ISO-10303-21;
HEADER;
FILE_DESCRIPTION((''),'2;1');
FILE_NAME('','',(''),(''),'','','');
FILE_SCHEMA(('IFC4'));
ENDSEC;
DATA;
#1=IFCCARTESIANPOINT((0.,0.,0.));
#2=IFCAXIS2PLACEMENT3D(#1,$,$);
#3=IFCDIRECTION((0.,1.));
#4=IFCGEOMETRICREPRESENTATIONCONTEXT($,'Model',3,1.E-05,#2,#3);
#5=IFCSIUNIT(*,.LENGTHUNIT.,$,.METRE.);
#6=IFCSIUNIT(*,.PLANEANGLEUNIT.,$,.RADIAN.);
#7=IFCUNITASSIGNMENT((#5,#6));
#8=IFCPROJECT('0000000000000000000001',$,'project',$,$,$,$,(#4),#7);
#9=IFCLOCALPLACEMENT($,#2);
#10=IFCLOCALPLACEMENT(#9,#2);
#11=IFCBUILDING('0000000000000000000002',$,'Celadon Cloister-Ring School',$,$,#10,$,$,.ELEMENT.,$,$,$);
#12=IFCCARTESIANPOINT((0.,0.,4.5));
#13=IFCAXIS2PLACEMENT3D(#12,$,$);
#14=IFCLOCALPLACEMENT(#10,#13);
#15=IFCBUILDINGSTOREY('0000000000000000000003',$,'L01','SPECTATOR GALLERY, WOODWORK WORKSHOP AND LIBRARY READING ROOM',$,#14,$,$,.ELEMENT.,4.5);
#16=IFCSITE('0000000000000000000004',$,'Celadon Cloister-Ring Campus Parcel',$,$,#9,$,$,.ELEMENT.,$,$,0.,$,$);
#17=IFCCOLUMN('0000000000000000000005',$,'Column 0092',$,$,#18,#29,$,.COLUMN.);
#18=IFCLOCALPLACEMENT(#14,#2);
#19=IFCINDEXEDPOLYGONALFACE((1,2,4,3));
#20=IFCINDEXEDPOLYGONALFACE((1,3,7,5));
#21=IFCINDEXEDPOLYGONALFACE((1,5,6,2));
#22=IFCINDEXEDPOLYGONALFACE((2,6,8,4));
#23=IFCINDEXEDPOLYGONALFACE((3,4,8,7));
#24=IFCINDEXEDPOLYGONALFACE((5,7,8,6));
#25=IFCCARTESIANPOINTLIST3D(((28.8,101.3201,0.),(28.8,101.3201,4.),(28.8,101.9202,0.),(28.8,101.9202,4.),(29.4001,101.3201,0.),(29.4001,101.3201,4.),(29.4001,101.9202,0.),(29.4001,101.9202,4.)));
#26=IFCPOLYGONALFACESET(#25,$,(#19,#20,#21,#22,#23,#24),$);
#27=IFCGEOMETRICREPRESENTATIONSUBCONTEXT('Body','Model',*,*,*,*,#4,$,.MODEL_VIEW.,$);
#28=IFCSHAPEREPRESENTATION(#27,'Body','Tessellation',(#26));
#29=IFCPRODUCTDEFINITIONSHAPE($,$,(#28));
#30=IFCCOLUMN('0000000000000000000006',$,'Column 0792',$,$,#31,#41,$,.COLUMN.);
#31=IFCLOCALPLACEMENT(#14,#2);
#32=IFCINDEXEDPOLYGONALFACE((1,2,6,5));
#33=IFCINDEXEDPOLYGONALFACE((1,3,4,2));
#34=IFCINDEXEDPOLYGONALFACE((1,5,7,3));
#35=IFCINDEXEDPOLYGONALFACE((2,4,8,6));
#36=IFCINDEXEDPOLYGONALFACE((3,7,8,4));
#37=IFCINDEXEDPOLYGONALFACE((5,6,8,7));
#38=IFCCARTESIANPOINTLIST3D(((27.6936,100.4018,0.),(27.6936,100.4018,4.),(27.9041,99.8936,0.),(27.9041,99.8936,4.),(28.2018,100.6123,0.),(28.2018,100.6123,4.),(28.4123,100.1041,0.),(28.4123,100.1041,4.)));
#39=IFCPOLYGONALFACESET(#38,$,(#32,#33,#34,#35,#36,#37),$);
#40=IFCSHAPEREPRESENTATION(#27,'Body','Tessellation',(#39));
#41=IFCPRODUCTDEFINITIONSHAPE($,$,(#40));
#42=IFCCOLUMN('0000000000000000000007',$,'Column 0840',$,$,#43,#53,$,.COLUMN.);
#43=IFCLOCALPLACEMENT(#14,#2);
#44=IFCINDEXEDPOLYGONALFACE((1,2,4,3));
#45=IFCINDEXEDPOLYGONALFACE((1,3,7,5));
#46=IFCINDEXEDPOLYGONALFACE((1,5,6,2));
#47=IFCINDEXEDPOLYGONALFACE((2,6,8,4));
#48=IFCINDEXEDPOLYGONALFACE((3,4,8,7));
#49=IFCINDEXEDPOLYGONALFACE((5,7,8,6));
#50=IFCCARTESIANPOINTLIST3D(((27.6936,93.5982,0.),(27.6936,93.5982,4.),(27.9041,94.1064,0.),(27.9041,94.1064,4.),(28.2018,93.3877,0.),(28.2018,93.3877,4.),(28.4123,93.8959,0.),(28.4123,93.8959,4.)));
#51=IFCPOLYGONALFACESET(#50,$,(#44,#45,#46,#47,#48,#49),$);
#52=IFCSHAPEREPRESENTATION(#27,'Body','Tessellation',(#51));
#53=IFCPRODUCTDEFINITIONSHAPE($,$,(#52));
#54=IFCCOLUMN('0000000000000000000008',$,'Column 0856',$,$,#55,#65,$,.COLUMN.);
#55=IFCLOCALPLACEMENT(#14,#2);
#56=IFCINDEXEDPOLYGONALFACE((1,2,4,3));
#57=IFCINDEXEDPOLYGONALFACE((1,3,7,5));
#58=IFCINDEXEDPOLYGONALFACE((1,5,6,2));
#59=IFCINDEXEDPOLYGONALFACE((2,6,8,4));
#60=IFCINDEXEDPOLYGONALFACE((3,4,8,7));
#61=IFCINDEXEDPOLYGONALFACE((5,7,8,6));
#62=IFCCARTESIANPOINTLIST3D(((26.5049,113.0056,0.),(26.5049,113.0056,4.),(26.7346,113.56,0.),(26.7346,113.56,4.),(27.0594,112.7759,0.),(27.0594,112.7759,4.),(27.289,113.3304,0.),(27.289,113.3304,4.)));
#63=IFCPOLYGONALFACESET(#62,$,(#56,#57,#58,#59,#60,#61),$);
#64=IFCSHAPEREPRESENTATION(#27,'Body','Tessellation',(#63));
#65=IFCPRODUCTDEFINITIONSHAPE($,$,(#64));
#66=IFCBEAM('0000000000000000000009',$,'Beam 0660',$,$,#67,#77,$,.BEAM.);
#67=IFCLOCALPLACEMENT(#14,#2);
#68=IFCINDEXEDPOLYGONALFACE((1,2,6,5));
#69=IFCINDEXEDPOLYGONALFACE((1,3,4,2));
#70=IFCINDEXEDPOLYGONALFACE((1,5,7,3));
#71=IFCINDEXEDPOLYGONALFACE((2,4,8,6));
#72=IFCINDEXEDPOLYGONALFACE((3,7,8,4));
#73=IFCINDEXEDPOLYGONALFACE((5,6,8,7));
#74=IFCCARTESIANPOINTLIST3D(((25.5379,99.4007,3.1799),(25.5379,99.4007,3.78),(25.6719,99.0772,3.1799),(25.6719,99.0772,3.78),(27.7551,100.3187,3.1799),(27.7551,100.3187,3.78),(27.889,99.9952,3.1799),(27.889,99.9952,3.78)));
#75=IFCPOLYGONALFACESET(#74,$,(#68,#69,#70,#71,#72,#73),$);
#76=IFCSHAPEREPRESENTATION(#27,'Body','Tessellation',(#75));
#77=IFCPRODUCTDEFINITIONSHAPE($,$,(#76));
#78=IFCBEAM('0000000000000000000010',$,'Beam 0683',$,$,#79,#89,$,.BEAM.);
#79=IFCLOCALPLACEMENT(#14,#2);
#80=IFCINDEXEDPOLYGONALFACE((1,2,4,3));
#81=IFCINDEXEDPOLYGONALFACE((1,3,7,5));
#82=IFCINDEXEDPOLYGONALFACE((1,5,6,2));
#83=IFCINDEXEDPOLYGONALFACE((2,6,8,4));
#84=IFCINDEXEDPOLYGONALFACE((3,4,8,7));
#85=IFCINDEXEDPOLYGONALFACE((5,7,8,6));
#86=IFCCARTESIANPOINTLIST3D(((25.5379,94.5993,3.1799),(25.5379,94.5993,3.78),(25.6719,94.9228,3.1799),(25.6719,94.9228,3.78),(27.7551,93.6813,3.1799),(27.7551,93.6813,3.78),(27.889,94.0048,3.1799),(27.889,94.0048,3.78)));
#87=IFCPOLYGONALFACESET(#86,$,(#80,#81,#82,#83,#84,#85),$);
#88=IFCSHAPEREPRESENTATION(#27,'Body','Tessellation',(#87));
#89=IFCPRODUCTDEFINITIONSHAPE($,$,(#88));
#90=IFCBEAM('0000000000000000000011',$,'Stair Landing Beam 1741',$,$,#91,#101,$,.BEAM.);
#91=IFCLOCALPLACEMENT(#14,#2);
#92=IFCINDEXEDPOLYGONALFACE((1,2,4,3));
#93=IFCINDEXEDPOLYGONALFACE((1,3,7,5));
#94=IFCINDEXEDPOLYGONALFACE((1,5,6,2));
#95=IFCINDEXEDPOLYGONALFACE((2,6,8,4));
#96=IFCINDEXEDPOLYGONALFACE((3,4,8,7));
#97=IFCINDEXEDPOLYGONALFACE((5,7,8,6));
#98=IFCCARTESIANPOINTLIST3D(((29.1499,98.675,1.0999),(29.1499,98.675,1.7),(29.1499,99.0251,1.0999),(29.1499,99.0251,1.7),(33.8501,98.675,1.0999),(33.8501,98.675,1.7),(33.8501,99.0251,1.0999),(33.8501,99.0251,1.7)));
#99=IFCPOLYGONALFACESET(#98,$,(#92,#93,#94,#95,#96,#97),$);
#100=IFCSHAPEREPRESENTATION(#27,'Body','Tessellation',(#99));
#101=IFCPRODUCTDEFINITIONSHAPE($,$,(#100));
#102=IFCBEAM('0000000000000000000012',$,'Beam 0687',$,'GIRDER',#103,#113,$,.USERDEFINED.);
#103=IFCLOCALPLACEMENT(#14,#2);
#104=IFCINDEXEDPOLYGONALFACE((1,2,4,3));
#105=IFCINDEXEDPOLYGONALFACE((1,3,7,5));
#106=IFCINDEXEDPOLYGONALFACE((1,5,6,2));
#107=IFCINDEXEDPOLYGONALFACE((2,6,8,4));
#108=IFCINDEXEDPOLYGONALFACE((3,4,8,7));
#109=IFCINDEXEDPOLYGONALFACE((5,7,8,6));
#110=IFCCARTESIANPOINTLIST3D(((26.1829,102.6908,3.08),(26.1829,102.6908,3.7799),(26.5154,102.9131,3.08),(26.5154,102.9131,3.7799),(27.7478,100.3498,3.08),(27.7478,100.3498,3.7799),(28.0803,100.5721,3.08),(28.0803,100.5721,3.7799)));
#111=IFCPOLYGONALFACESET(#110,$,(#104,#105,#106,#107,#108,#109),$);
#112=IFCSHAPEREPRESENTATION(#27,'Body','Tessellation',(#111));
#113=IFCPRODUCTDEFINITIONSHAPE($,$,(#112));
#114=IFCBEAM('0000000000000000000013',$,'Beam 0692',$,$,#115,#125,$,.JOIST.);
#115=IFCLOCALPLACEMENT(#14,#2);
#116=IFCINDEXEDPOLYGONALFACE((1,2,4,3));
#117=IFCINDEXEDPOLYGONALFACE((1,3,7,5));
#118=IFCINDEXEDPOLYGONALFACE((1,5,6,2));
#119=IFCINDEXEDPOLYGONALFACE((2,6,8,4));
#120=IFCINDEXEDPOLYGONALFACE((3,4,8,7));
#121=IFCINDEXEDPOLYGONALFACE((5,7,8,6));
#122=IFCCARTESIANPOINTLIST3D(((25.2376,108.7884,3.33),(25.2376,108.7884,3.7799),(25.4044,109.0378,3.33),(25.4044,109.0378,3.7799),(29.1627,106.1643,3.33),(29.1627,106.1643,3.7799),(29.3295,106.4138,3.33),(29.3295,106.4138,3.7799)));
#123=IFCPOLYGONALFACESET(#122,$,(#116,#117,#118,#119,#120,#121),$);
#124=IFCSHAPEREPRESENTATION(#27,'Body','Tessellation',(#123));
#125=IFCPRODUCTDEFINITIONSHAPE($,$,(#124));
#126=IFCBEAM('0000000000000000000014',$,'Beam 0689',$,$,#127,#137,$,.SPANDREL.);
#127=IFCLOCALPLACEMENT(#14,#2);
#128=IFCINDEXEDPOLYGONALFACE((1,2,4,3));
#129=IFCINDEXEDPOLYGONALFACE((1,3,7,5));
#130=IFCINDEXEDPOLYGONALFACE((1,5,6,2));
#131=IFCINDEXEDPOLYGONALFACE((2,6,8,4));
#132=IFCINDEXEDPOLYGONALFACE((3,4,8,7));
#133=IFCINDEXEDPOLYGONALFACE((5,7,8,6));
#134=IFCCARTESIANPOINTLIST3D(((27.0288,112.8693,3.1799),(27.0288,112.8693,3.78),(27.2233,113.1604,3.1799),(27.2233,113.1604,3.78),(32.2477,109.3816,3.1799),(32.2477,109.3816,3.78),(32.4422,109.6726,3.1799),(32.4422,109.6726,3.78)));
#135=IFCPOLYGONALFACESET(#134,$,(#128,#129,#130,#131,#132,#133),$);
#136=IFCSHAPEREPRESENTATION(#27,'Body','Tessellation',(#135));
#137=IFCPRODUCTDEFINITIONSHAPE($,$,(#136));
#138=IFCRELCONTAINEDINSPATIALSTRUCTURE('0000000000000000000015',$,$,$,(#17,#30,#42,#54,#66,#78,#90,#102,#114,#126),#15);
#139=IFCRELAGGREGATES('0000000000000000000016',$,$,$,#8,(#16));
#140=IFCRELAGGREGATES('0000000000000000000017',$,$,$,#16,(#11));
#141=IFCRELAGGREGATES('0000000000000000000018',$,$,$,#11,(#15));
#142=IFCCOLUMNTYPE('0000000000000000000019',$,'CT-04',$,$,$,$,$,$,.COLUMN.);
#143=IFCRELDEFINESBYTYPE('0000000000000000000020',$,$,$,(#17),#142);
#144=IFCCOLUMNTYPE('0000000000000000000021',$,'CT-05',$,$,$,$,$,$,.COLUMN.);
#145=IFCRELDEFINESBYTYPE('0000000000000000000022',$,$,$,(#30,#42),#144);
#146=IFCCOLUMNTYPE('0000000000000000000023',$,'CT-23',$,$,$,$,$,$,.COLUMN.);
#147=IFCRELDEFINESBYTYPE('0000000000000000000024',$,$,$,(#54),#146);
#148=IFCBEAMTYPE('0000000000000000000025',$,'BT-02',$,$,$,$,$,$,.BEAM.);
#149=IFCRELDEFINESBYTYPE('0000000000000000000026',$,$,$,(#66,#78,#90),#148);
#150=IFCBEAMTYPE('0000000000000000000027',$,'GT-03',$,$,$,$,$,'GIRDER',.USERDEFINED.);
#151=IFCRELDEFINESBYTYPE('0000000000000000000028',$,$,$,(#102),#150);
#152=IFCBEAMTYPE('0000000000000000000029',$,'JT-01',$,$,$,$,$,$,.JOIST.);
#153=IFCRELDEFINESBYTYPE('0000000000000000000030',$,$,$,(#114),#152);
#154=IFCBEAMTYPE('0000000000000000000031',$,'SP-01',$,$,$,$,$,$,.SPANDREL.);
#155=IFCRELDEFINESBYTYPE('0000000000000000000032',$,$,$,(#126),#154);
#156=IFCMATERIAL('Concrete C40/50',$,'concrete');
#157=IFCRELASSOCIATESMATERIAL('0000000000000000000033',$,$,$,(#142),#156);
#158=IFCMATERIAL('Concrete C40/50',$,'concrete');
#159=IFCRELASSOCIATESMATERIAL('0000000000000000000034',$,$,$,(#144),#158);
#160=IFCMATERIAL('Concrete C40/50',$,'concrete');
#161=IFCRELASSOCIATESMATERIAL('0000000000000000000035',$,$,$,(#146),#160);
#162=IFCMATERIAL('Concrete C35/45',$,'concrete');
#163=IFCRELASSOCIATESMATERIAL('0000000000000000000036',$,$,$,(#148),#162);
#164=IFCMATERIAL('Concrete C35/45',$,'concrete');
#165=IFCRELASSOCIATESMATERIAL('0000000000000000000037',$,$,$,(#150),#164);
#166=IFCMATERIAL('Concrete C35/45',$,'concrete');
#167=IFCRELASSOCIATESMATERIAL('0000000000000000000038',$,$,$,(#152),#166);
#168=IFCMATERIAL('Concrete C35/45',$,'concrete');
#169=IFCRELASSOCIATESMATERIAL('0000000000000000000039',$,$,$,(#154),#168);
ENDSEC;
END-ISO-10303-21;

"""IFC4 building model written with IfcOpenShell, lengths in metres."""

from ifc_helpers import new_model, si_unit, direction, frame, origin, origin_2d, place, context, subcontext, project, spatial, rectangle, extrude, material, material_profile, profile_set, type_object, element, save


model = new_model("IFC4")

# Units and contexts
model_context = context("Model", 3, precision=1e-05, world=origin(), true_north=direction((0.0, 1.0)))
body_context = subcontext(model_context, "Body", "Model", "MODEL_VIEW")
ifc_project = project(units=[si_unit("LENGTHUNIT", "METRE"), si_unit("PLANEANGLEUNIT", "RADIAN")], contexts=[model_context])

# Site, building, storey
site_placement = place(None, origin())
site = spatial("IfcSite", under=ifc_project, at=site_placement, Name="Celadon Cloister-Ring Campus Parcel", CompositionType="ELEMENT", RefElevation=0.0)
building_placement = place(site_placement, origin())
building = spatial("IfcBuilding", under=site, at=building_placement, Name="Celadon Cloister-Ring School", CompositionType="ELEMENT")
storey_placement = place(building_placement, frame((0.0, 0.0, 4.5)))
storey = spatial("IfcBuildingStorey", under=building, at=storey_placement, Name="L01", Description="SPECTATOR GALLERY, WOODWORK WORKSHOP AND LIBRARY READING ROOM", CompositionType="ELEMENT", Elevation=4.5)

# Columns
ifc_material_1 = material(Name="Concrete C40/50", Category="concrete")
ifc_material_profile_1 = material_profile(ifc_material_1, rectangle(XDim=0.6001, YDim=0.6001, at=origin_2d()), Name="RC600X600")
ifc_profile_set_1 = profile_set([ifc_material_profile_1], Name="Concrete C40/50")
column_type_1 = type_object("IfcColumnType", Name="CT-04", PredefinedType="COLUMN", material=ifc_profile_set_1)
column_1_placement = place(storey_placement, frame((29.1001, 101.6201, 0.0), z_axis=(0.0, 0.0, 1.0), x_axis=(1.0, 0.0, 0.0)))
element("IfcColumn", 1, at=column_1_placement, inside=storey, type_object=column_type_1, Name="Column 0092", PredefinedType="COLUMN", context=body_context, shape_type="SweptSolid", body=[
    extrude(rectangle(XDim=0.6001, YDim=0.6001, at=origin_2d()), origin(), (0.0, 0.0, 1.0), 4.0),
])
ifc_material_2 = material(Name="Concrete C40/50", Category="concrete")
ifc_material_profile_2 = material_profile(ifc_material_2, rectangle(XDim=0.55, YDim=0.55, at=origin_2d()), Name="RC550X550")
ifc_profile_set_2 = profile_set([ifc_material_profile_2], Name="Concrete C40/50")
column_type_2 = type_object("IfcColumnType", Name="CT-05", PredefinedType="COLUMN", material=ifc_profile_set_2)
for number, where, z_axis, x_axis, name in (
    (2, (28.053, 100.2529, 0.0), (0.0, 0.0, 1.0), (0.92388, 0.382683, 0.0), "Column 0792"),
    (3, (28.053, 93.7471, 0.0), (0.0, 0.0, 1.0), (0.92388, -0.382683, 0.0), "Column 0840"),
):
    element("IfcColumn", number, at=place(storey_placement, frame(where, z_axis=z_axis, x_axis=x_axis)), inside=storey, type_object=column_type_2, Name=name, PredefinedType="COLUMN", context=body_context, shape_type="SweptSolid", body=[
        extrude(rectangle(XDim=0.55, YDim=0.55, at=origin_2d()), origin(), (0.0, 0.0, 1.0), 4.0),
    ])
ifc_material_3 = material(Name="Concrete C40/50", Category="concrete")
ifc_material_profile_3 = material_profile(ifc_material_3, rectangle(XDim=0.6001, YDim=0.6001, at=origin_2d()), Name="RC600X600")
ifc_profile_set_3 = profile_set([ifc_material_profile_3], Name="Concrete C40/50")
column_type_3 = type_object("IfcColumnType", Name="CT-23", PredefinedType="COLUMN", material=ifc_profile_set_3)
column_2_placement = place(storey_placement, frame((26.897, 113.168, 0.0), z_axis=(0.0, 0.0, 1.0), x_axis=(0.382683, 0.92388, 0.0)))
element("IfcColumn", 4, at=column_2_placement, inside=storey, type_object=column_type_3, Name="Column 0856", PredefinedType="COLUMN", context=body_context, shape_type="SweptSolid", body=[
    extrude(rectangle(XDim=0.6001, YDim=0.6001, at=origin_2d()), origin(), (0.0, 0.0, 1.0), 4.0),
])

# Beams
ifc_material_4 = material(Name="Concrete C35/45", Category="concrete")
ifc_material_profile_4 = material_profile(ifc_material_4, rectangle(XDim=0.3501, YDim=0.6001, at=origin_2d()), Name="RC350X600")
ifc_profile_set_4 = profile_set([ifc_material_profile_4], Name="Concrete C35/45")
beam_type_1 = type_object("IfcBeamType", Name="BT-02", PredefinedType="BEAM", material=ifc_profile_set_4)
for number, where, z_axis, x_axis, name in (
    (5, (27.822, 100.157, 3.48), (-0.923933, -0.382555, 0.0), (0.382555, -0.923933, 0.0), "Beam 0660"),
    (6, (27.822, 93.843, 3.48), (-0.923933, 0.382555, 0.0), (-0.382555, -0.923933, 0.0), "Beam 0683"),
):
    element("IfcBeam", number, at=place(storey_placement, frame(where, z_axis=z_axis, x_axis=x_axis)), inside=storey, type_object=beam_type_1, Name=name, PredefinedType="BEAM", context=body_context, shape_type="SweptSolid", body=[
        extrude(rectangle(XDim=0.3501, YDim=0.6001, at=origin_2d()), origin(), (0.0, 0.0, 1.0), 2.3997),
    ])
beam_1_placement = place(storey_placement, frame((29.1499, 98.8501, 1.3999), z_axis=(1.0, 0.0, 0.0), x_axis=(0.0, 1.0, 0.0)))
element("IfcBeam", 7, at=beam_1_placement, inside=storey, type_object=beam_type_1, Name="Stair Landing Beam 1741", PredefinedType="BEAM", context=body_context, shape_type="SweptSolid", body=[
    extrude(rectangle(XDim=0.3501, YDim=0.6001, at=origin_2d()), origin(), (0.0, 0.0, 1.0), 4.7002),
])
ifc_material_5 = material(Name="Concrete C35/45", Category="concrete")
ifc_material_profile_5 = material_profile(ifc_material_5, rectangle(XDim=0.3999, YDim=0.7, at=origin_2d()), Name="RC400X700")
ifc_profile_set_5 = profile_set([ifc_material_profile_5], Name="Concrete C35/45")
beam_type_2 = type_object("IfcBeamType", Name="GT-03", ElementType="GIRDER", PredefinedType="USERDEFINED", material=ifc_profile_set_5)
beam_2_placement = place(storey_placement, frame((27.9141, 100.4609, 3.4299), z_axis=(-0.55574, 0.831356, 0.0), x_axis=(-0.831356, -0.55574, 0.0)))
element("IfcBeam", 8, at=beam_2_placement, inside=storey, type_object=beam_type_2, Name="Beam 0687", ObjectType="GIRDER", PredefinedType="USERDEFINED", context=body_context, shape_type="SweptSolid", body=[
    extrude(rectangle(XDim=0.3999, YDim=0.7, at=origin_2d()), origin(), (0.0, 0.0, 1.0), 2.8159),
])
ifc_material_6 = material(Name="Concrete C35/45", Category="concrete")
ifc_material_profile_6 = material_profile(ifc_material_6, rectangle(XDim=0.3, YDim=0.45, at=origin_2d()), Name="RC300X450")
ifc_profile_set_6 = profile_set([ifc_material_profile_6], Name="Concrete C35/45")
beam_type_3 = type_object("IfcBeamType", Name="JT-01", PredefinedType="JOIST", material=ifc_profile_set_6)
beam_3_placement = place(storey_placement, frame((29.2461, 106.2891, 3.5549), z_axis=(-0.831334, 0.555774, 0.0), x_axis=(-0.555774, -0.831334, 0.0)))
element("IfcBeam", 9, at=beam_3_placement, inside=storey, type_object=beam_type_3, Name="Beam 0692", PredefinedType="JOIST", context=body_context, shape_type="SweptSolid", body=[
    extrude(rectangle(XDim=0.3, YDim=0.45, at=origin_2d()), origin(), (0.0, 0.0, 1.0), 4.7214),
])
ifc_material_7 = material(Name="Concrete C35/45", Category="concrete")
ifc_material_profile_7 = material_profile(ifc_material_7, rectangle(XDim=0.3501, YDim=0.6001, at=origin_2d()), Name="RC350X600")
ifc_profile_set_7 = profile_set([ifc_material_profile_7], Name="Concrete C35/45")
beam_type_4 = type_object("IfcBeamType", Name="SP-01", PredefinedType="SPANDREL", material=ifc_profile_set_7)
beam_4_placement = place(storey_placement, frame((32.345, 109.5271, 3.48), z_axis=(-0.831427, 0.555633, 0.0), x_axis=(-0.555633, -0.831427, 0.0)))
element("IfcBeam", 10, at=beam_4_placement, inside=storey, type_object=beam_type_4, Name="Beam 0689", PredefinedType="SPANDREL", context=body_context, shape_type="SweptSolid", body=[
    extrude(rectangle(XDim=0.3501, YDim=0.6001, at=origin_2d()), origin(), (0.0, 0.0, 1.0), 6.2771),
])

save(model, "model.ifc")
